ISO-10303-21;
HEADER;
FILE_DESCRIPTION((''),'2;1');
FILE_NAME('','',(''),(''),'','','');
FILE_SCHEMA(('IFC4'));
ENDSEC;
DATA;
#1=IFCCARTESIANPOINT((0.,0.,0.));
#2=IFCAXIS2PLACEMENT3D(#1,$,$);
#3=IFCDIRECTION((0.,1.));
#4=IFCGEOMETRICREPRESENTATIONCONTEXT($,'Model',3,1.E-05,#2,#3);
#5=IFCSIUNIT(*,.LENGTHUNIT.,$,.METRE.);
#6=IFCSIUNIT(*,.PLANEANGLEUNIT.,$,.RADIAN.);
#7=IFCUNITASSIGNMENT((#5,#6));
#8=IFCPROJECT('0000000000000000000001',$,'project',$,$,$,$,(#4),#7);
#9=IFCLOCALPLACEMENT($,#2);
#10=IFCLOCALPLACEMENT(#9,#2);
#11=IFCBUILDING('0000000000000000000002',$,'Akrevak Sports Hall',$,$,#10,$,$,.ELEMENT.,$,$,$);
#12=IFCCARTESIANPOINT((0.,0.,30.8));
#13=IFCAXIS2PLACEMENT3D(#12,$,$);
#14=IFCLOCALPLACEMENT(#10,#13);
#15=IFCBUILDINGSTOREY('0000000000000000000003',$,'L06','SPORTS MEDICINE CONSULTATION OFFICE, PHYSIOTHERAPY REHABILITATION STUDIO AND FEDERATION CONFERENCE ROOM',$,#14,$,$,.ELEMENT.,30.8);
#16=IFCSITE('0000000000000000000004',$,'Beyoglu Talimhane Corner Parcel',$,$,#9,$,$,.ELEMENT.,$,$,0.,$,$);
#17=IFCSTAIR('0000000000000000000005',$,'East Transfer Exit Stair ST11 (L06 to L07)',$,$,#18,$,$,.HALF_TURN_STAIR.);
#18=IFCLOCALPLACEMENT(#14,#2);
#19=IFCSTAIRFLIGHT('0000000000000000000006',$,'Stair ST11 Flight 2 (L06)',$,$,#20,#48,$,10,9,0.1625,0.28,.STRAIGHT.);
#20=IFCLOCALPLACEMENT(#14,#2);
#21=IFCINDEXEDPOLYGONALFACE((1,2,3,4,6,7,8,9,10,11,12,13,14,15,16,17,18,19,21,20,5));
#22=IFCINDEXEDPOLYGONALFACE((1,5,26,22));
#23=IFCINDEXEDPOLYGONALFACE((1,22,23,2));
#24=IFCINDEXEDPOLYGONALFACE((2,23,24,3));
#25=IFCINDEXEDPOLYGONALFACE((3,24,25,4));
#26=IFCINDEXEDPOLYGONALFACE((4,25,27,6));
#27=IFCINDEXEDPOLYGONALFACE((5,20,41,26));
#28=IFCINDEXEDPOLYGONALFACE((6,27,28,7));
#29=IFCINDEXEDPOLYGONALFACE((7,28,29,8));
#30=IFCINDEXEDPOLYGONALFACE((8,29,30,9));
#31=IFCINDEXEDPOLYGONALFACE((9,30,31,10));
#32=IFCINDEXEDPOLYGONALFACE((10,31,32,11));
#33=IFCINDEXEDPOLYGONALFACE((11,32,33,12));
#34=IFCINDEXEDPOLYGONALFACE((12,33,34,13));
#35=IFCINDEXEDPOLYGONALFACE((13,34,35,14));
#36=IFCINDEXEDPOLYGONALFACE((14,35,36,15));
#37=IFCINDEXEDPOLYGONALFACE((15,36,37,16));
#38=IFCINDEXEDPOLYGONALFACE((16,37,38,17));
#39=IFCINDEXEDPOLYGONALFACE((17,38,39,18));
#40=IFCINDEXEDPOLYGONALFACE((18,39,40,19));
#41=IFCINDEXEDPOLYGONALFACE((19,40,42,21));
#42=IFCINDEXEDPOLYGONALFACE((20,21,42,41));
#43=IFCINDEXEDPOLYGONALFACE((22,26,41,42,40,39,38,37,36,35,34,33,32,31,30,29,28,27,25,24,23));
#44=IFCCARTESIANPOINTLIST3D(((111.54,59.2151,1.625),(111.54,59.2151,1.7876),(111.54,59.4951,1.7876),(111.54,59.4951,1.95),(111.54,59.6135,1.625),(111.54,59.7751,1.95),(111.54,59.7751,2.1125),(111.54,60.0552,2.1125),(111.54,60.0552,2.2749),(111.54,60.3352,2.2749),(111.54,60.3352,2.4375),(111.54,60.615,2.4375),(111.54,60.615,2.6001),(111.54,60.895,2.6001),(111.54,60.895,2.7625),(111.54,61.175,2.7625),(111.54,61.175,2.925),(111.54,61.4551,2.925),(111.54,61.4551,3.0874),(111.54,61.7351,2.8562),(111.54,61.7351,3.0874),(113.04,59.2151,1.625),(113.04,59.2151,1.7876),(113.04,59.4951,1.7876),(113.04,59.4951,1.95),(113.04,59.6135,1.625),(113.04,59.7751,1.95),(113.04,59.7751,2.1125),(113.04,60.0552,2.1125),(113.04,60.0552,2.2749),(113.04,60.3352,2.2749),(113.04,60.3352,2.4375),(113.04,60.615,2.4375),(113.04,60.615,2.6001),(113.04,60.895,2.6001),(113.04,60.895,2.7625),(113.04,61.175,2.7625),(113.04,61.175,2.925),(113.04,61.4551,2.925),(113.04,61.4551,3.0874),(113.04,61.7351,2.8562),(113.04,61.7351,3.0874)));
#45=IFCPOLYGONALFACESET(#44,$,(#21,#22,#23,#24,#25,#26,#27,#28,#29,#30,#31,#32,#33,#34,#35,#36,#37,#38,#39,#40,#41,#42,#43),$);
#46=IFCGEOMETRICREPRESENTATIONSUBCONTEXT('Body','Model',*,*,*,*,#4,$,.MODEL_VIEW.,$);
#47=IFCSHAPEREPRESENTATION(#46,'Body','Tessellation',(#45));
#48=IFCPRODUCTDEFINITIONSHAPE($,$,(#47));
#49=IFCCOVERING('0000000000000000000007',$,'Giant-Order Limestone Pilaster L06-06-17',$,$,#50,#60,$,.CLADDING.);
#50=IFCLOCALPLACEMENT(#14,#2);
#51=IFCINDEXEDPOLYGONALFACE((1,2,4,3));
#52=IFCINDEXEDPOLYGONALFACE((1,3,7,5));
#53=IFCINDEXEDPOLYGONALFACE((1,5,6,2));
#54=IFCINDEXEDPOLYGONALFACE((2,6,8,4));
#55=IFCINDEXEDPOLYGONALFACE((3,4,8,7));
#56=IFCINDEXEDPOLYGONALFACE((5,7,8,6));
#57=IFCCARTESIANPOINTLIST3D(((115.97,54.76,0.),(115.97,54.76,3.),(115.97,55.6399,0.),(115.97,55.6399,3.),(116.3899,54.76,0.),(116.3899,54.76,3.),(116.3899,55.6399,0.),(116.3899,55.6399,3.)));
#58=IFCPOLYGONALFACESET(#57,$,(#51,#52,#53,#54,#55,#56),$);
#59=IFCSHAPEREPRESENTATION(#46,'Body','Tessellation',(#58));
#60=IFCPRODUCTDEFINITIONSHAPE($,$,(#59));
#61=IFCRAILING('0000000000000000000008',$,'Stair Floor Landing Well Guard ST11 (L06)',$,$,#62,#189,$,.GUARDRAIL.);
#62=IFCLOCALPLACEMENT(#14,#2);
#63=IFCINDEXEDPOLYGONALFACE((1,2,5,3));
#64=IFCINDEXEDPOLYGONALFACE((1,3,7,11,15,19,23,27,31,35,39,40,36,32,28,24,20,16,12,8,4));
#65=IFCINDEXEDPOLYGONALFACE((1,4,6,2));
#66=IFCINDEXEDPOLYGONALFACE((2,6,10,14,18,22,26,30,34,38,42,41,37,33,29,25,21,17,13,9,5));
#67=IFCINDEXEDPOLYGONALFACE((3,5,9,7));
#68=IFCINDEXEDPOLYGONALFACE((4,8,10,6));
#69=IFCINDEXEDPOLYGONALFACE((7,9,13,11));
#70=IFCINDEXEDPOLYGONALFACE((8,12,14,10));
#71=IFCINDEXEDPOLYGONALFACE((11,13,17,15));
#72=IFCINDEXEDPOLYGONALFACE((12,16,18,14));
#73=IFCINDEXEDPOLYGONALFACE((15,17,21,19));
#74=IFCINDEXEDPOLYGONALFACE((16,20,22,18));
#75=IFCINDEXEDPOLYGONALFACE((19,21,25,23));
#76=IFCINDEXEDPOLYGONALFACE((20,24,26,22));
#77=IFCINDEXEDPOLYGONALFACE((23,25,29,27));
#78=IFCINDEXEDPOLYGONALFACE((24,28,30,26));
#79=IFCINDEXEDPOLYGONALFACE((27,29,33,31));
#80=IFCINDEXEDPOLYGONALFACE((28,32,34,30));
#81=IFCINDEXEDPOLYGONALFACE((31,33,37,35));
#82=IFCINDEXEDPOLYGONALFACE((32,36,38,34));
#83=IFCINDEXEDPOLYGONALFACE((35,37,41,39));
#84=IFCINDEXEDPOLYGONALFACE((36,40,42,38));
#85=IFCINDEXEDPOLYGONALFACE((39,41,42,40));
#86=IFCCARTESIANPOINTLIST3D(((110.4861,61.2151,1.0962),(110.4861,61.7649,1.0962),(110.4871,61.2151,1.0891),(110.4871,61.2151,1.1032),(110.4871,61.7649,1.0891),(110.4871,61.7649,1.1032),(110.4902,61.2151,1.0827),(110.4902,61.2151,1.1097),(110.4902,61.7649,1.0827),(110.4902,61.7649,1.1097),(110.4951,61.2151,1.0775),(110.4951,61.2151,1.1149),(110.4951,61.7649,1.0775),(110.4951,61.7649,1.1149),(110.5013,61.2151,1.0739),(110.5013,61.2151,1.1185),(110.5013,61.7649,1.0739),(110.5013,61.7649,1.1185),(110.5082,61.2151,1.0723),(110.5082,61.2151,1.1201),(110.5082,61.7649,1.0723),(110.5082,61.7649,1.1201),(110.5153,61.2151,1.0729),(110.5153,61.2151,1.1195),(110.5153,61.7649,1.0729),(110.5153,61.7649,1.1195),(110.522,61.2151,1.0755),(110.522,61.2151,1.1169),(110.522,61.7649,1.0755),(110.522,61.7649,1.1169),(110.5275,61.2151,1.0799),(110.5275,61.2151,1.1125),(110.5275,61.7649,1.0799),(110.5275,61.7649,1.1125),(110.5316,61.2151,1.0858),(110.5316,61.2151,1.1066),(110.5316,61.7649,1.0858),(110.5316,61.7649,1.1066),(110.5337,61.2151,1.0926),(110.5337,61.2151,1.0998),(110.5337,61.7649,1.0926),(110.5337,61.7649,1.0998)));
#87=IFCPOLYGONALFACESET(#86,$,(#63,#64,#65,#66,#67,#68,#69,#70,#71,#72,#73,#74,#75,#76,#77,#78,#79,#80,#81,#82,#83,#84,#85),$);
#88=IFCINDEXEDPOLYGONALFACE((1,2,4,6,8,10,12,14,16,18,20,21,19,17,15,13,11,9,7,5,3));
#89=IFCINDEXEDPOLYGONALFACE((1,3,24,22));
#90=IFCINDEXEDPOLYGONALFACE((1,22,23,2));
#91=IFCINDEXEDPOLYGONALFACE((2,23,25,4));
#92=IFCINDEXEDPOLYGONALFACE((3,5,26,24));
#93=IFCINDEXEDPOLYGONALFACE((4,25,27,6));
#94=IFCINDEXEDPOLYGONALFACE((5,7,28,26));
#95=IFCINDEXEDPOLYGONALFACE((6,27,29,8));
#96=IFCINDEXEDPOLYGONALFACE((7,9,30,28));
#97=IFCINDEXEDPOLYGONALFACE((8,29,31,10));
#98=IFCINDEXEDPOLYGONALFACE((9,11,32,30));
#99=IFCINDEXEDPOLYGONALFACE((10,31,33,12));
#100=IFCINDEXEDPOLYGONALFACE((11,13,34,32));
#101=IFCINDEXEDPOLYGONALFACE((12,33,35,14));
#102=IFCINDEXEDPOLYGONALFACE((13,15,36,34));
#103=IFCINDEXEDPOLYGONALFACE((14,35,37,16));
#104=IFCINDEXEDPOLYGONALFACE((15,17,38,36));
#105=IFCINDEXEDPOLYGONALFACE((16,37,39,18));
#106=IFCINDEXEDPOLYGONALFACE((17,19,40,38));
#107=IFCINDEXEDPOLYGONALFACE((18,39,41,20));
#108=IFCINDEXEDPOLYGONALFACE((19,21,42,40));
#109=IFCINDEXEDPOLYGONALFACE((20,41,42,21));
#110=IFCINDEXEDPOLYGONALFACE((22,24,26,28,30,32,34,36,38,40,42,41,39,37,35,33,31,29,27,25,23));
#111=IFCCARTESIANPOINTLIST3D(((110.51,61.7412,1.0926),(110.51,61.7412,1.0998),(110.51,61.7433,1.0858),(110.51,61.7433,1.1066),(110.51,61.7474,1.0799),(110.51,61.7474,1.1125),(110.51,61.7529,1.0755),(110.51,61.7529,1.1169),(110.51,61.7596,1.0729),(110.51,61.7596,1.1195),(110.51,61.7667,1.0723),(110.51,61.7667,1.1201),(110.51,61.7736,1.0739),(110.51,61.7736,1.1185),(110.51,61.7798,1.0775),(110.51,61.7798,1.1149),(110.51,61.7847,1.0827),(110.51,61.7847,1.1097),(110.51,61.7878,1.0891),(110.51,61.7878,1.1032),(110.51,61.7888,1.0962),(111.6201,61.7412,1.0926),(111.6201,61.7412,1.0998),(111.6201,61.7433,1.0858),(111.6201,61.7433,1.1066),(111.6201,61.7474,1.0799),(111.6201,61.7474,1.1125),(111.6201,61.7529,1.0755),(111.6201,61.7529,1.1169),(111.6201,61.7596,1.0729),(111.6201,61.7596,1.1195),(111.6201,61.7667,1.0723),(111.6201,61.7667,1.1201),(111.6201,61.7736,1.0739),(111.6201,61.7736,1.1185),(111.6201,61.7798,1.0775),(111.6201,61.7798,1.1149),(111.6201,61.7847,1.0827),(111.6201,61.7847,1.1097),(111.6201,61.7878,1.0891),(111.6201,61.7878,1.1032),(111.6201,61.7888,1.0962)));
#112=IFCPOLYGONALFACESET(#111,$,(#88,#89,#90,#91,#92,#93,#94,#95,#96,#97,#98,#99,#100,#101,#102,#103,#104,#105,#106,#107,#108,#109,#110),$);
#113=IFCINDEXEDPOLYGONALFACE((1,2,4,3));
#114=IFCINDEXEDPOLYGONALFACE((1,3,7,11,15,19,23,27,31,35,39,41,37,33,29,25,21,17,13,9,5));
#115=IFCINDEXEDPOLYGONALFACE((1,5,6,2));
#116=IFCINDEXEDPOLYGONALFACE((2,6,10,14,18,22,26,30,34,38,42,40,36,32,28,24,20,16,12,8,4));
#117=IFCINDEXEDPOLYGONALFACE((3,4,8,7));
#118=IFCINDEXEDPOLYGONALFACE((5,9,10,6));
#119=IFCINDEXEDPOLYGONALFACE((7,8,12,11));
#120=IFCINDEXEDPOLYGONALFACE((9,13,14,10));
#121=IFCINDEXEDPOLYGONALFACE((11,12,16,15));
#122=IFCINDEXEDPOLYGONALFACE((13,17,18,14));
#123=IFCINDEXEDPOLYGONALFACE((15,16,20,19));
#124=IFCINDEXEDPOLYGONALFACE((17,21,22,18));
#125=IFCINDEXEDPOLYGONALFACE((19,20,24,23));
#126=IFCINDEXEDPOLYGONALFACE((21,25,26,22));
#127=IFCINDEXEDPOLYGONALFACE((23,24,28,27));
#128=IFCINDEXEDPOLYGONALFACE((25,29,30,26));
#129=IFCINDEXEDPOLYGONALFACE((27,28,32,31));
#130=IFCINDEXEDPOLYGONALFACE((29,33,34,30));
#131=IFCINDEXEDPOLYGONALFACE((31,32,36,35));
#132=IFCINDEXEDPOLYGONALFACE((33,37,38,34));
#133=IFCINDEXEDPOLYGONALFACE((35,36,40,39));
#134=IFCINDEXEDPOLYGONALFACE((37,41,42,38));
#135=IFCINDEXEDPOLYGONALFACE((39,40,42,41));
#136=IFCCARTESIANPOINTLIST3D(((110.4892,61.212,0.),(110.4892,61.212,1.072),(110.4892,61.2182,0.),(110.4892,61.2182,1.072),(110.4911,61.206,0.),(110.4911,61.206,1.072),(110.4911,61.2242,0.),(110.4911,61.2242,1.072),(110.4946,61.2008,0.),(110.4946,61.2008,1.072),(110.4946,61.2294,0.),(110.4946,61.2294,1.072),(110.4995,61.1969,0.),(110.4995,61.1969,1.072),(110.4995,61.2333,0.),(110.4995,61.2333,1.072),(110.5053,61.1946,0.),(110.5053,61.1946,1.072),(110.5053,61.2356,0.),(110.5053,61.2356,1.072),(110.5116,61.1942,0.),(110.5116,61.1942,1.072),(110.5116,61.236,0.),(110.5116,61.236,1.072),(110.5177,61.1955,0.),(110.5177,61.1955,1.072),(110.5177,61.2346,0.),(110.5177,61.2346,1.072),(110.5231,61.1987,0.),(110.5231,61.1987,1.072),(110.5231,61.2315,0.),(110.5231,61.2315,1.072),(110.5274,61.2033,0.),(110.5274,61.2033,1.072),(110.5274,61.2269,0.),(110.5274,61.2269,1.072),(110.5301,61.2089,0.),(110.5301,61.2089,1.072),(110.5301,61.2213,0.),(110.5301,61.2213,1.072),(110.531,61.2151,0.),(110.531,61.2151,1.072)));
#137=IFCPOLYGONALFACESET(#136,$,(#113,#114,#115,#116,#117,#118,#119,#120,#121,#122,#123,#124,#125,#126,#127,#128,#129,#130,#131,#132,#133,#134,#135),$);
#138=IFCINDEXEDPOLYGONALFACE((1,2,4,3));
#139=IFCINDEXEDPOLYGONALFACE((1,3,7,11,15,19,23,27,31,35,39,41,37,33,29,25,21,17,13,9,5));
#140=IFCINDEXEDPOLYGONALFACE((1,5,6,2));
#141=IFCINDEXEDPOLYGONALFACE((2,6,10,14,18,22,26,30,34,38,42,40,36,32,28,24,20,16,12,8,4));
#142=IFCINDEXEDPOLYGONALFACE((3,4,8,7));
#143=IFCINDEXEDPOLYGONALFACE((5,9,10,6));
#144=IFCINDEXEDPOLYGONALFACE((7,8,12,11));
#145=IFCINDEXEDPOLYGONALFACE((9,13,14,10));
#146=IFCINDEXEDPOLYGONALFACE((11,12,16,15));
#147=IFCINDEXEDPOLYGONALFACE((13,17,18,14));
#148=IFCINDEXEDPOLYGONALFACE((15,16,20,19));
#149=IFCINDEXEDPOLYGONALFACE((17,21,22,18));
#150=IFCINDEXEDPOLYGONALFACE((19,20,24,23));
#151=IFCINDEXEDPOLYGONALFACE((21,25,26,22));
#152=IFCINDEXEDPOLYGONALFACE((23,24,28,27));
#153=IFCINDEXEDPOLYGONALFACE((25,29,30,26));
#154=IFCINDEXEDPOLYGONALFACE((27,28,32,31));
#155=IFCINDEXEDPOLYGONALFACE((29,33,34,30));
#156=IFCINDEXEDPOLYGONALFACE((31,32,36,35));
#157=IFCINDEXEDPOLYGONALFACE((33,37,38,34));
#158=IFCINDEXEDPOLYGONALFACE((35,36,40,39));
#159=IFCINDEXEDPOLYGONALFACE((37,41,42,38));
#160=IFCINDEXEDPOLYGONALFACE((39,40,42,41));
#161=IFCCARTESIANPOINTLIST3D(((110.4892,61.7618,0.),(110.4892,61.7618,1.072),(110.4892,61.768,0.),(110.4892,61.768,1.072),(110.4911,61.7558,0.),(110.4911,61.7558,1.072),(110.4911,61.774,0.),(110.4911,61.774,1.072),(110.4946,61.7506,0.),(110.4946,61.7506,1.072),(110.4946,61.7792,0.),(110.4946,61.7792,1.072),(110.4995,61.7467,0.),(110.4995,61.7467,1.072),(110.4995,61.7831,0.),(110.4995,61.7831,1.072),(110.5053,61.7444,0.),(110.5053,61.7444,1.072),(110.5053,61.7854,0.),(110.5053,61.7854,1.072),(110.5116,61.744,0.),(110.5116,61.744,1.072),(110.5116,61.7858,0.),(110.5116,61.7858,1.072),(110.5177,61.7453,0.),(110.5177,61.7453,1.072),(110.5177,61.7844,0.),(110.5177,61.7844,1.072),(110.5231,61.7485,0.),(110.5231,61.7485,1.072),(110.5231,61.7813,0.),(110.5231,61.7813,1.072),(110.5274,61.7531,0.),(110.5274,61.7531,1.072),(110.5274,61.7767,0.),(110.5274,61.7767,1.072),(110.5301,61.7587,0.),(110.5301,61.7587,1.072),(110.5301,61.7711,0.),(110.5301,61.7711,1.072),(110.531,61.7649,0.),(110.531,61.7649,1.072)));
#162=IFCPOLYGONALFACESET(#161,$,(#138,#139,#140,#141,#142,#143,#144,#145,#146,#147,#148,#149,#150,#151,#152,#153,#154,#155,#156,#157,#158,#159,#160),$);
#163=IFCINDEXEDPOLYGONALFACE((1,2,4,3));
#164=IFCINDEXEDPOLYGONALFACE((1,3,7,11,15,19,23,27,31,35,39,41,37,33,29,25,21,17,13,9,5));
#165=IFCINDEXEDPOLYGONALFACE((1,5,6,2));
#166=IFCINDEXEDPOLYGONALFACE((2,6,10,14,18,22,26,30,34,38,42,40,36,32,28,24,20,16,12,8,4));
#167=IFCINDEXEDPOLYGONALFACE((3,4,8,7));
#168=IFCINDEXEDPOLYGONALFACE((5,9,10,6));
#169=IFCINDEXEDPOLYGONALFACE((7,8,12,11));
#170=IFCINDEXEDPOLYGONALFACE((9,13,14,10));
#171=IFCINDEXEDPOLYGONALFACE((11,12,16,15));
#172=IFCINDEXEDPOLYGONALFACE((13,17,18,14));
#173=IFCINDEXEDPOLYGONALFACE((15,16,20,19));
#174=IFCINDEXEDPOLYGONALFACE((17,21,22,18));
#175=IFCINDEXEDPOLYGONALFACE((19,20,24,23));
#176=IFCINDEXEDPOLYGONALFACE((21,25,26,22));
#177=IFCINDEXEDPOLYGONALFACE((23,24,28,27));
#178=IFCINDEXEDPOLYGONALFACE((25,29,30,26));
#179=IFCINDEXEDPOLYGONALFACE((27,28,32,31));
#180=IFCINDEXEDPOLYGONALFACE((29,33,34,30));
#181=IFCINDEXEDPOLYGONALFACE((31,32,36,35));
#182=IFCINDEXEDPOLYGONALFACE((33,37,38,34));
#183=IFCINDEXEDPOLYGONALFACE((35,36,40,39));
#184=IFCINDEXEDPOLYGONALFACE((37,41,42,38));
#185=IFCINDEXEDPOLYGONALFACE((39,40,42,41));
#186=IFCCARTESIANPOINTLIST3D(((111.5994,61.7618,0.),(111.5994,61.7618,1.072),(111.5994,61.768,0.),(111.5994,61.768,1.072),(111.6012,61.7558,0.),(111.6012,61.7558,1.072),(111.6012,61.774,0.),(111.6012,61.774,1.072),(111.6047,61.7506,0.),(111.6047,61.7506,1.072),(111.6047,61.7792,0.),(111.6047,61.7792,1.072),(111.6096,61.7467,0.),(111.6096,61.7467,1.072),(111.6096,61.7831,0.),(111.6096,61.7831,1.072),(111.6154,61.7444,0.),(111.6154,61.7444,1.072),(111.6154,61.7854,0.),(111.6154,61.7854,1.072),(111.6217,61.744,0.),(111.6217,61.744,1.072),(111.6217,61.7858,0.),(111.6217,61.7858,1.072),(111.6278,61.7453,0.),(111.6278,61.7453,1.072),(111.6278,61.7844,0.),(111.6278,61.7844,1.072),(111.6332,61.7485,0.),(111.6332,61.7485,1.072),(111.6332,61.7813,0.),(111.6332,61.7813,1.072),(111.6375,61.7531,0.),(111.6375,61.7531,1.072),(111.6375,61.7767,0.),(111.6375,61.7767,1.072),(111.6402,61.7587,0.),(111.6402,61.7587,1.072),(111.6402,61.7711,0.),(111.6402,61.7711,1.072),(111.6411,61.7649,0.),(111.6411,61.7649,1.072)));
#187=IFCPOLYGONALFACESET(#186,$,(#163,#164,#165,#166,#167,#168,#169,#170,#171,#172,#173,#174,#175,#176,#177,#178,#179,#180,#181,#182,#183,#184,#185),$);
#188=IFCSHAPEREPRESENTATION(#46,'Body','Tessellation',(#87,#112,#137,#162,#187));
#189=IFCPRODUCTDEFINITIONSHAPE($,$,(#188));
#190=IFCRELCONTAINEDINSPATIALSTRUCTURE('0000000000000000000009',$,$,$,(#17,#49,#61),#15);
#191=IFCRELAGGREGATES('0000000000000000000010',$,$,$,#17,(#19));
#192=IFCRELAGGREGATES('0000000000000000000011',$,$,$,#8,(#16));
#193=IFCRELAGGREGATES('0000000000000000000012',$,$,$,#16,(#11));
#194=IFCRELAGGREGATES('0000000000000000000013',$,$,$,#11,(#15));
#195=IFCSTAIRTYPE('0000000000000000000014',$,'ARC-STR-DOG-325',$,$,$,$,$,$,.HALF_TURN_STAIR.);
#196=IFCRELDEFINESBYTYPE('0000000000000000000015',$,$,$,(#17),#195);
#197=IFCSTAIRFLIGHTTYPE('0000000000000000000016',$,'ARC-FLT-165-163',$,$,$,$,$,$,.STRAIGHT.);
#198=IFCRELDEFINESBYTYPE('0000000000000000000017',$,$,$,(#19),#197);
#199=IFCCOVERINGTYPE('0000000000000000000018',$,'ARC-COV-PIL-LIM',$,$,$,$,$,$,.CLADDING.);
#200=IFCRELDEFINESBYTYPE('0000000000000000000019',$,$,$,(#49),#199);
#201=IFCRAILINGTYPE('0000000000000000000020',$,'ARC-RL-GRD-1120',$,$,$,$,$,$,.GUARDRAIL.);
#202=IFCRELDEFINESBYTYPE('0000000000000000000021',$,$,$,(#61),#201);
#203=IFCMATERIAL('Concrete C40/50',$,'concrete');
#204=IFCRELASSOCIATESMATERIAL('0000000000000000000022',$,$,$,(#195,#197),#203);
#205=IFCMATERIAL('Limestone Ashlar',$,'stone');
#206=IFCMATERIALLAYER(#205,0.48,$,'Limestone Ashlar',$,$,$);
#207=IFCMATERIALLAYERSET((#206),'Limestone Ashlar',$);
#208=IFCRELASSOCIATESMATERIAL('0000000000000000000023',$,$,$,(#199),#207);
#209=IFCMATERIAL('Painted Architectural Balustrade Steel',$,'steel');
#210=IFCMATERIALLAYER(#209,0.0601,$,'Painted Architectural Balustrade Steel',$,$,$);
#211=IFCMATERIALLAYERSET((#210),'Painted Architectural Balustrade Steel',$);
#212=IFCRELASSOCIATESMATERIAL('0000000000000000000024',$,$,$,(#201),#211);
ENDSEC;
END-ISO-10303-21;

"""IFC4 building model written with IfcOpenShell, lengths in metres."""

from ifc_helpers import new_model, si_unit, direction, frame, origin, origin_2d, place, context, subcontext, project, spatial, polyline, rectangle, circle, outline, extrude, material, layer, layer_set, type_object, element, aggregate, save


model = new_model("IFC4")

# Units and contexts
model_context = context("Model", 3, precision=1e-05, world=origin(), true_north=direction((0.0, 1.0)))
body_context = subcontext(model_context, "Body", "Model", "MODEL_VIEW")
ifc_project = project(units=[si_unit("LENGTHUNIT", "METRE"), si_unit("PLANEANGLEUNIT", "RADIAN")], contexts=[model_context])

# Site, building, storey
site_placement = place(None, origin())
site = spatial("IfcSite", under=ifc_project, at=site_placement, Name="Beyoglu Talimhane Corner Parcel", CompositionType="ELEMENT", RefElevation=0.0)
building_placement = place(site_placement, origin())
building = spatial("IfcBuilding", under=site, at=building_placement, Name="Akrevak Sports Hall", CompositionType="ELEMENT")
storey_placement = place(building_placement, frame((0.0, 0.0, 30.8)))
storey = spatial("IfcBuildingStorey", under=building, at=storey_placement, Name="L06", Description="SPORTS MEDICINE CONSULTATION OFFICE, PHYSIOTHERAPY REHABILITATION STUDIO AND FEDERATION CONFERENCE ROOM", CompositionType="ELEMENT", Elevation=30.8)

# Shared definitions
ifc_material_1 = material(Name="Concrete C40/50", Category="concrete")

# Shared definitions
ifc_material_2 = material(Name="Limestone Ashlar", Category="stone")

# Stair, stair flight
stair_type = type_object("IfcStairType", Name="ARC-STR-DOG-325", PredefinedType="HALF_TURN_STAIR", material=ifc_material_1)
stair_placement = place(storey_placement, origin())
stair = element("IfcStair", 1, at=stair_placement, inside=storey, type_object=stair_type, Name="East Transfer Exit Stair ST11 (L06 to L07)", PredefinedType="HALF_TURN_STAIR")
stair_flight_type = type_object("IfcStairFlightType", Name="ARC-FLT-165-163", PredefinedType="STRAIGHT", material=ifc_material_1)
stair_flight_1_placement = place(storey_placement, frame((112.29, 59.2151, 1.625), z_axis=(0.0, 0.0, 1.0), x_axis=(0.0, 1.0, 0.0)))
stair_flight_1 = element("IfcStairFlight", 2, at=stair_flight_1_placement, type_object=stair_flight_type, Name="Stair ST11 Flight 2 (L06)", NumberOfRisers=10, NumberOfTreads=9, PredefinedType="STRAIGHT", RiserHeight=0.1625, TreadLength=0.28, context=body_context, shape_type="SweptSolid", body=[
    extrude(outline(polyline([(0.0, 0.0), (0.0, 0.1626), (0.28, 0.1626), (0.28, 0.325), (0.5601, 0.325), (0.5601, 0.4875), (0.8401, 0.4875), (0.8401, 0.6499), (1.1201, 0.6499), (1.1201, 0.8125), (1.3999, 0.8125), (1.3999, 0.9751), (1.6799, 0.9751), (1.6799, 1.1375), (1.96, 1.1375), (1.96, 1.3), (2.24, 1.3), (2.24, 1.4624), (2.52, 1.4624), (2.52, 1.625), (2.52, 1.2312), (0.3984, 0.0), (0.0, 0.0)])), frame((0.0, 0.75, 0.0), z_axis=(0.0, -1.0, 0.0), x_axis=(1.0, 0.0, 0.0)), (0.0, 0.0, 1.0), 1.5),
])
aggregate(stair, [stair_flight_1])

# Covering
ifc_layer_1 = layer(ifc_material_2, 0.48, Name="Limestone Ashlar")
ifc_layer_set_1 = layer_set([ifc_layer_1], Name="Limestone Ashlar")
covering_type = type_object("IfcCoveringType", Name="ARC-COV-PIL-LIM", PredefinedType="CLADDING", material=ifc_layer_set_1)
covering_placement = place(storey_placement, frame((116.1799, 55.2, 0.0), z_axis=(0.0, 0.0, 1.0), x_axis=(0.0, 1.0, 0.0)))
element("IfcCovering", 3, at=covering_placement, inside=storey, type_object=covering_type, Name="Giant-Order Limestone Pilaster L06-06-17", PredefinedType="CLADDING", context=body_context, shape_type="SweptSolid", body=[
    extrude(rectangle(XDim=0.8799, YDim=0.4199, at=origin_2d()), origin(), (0.0, 0.0, 1.0), 3.0),
])

# Railing
ifc_material_3 = material(Name="Painted Architectural Balustrade Steel", Category="steel")
ifc_layer_2 = layer(ifc_material_3, 0.0601, Name="Painted Architectural Balustrade Steel")
ifc_layer_set_2 = layer_set([ifc_layer_2], Name="Painted Architectural Balustrade Steel")
railing_type_1 = type_object("IfcRailingType", Name="ARC-RL-GRD-1120", PredefinedType="GUARDRAIL", material=ifc_layer_set_2)
railing_1_placement = place(storey_placement, frame((110.51, 61.2151, 0.0)))
element("IfcRailing", 4, at=railing_1_placement, inside=storey, type_object=railing_type_1, Name="Stair Floor Landing Well Guard ST11 (L06)", PredefinedType="GUARDRAIL", context=body_context, shape_type="SweptSolid", body=[
    extrude(circle(Radius=0.0239, at=origin_2d()), frame((0.0, 0.0, 1.0962), z_axis=(0.0, 1.0, 0.0), x_axis=(-1.0, 0.0, 0.0)), (0.0, 0.0, 1.0), 0.5498),
    extrude(circle(Radius=0.0239, at=origin_2d()), frame((0.0, 0.5498, 1.0962), z_axis=(1.0, 0.0, 0.0), x_axis=(0.0, 1.0, 0.0)), (0.0, 0.0, 1.0), 1.1101),
    extrude(circle(Radius=0.021, at=origin_2d()), origin(), (0.0, 0.0, 1.0), 1.072),
    extrude(circle(Radius=0.021, at=origin_2d()), frame((0.0, 0.5498, 0.0)), (0.0, 0.0, 1.0), 1.072),
    extrude(circle(Radius=0.021, at=origin_2d()), frame((1.1101, 0.5498, 0.0)), (0.0, 0.0, 1.0), 1.072),
])

save(model, "model.ifc")
